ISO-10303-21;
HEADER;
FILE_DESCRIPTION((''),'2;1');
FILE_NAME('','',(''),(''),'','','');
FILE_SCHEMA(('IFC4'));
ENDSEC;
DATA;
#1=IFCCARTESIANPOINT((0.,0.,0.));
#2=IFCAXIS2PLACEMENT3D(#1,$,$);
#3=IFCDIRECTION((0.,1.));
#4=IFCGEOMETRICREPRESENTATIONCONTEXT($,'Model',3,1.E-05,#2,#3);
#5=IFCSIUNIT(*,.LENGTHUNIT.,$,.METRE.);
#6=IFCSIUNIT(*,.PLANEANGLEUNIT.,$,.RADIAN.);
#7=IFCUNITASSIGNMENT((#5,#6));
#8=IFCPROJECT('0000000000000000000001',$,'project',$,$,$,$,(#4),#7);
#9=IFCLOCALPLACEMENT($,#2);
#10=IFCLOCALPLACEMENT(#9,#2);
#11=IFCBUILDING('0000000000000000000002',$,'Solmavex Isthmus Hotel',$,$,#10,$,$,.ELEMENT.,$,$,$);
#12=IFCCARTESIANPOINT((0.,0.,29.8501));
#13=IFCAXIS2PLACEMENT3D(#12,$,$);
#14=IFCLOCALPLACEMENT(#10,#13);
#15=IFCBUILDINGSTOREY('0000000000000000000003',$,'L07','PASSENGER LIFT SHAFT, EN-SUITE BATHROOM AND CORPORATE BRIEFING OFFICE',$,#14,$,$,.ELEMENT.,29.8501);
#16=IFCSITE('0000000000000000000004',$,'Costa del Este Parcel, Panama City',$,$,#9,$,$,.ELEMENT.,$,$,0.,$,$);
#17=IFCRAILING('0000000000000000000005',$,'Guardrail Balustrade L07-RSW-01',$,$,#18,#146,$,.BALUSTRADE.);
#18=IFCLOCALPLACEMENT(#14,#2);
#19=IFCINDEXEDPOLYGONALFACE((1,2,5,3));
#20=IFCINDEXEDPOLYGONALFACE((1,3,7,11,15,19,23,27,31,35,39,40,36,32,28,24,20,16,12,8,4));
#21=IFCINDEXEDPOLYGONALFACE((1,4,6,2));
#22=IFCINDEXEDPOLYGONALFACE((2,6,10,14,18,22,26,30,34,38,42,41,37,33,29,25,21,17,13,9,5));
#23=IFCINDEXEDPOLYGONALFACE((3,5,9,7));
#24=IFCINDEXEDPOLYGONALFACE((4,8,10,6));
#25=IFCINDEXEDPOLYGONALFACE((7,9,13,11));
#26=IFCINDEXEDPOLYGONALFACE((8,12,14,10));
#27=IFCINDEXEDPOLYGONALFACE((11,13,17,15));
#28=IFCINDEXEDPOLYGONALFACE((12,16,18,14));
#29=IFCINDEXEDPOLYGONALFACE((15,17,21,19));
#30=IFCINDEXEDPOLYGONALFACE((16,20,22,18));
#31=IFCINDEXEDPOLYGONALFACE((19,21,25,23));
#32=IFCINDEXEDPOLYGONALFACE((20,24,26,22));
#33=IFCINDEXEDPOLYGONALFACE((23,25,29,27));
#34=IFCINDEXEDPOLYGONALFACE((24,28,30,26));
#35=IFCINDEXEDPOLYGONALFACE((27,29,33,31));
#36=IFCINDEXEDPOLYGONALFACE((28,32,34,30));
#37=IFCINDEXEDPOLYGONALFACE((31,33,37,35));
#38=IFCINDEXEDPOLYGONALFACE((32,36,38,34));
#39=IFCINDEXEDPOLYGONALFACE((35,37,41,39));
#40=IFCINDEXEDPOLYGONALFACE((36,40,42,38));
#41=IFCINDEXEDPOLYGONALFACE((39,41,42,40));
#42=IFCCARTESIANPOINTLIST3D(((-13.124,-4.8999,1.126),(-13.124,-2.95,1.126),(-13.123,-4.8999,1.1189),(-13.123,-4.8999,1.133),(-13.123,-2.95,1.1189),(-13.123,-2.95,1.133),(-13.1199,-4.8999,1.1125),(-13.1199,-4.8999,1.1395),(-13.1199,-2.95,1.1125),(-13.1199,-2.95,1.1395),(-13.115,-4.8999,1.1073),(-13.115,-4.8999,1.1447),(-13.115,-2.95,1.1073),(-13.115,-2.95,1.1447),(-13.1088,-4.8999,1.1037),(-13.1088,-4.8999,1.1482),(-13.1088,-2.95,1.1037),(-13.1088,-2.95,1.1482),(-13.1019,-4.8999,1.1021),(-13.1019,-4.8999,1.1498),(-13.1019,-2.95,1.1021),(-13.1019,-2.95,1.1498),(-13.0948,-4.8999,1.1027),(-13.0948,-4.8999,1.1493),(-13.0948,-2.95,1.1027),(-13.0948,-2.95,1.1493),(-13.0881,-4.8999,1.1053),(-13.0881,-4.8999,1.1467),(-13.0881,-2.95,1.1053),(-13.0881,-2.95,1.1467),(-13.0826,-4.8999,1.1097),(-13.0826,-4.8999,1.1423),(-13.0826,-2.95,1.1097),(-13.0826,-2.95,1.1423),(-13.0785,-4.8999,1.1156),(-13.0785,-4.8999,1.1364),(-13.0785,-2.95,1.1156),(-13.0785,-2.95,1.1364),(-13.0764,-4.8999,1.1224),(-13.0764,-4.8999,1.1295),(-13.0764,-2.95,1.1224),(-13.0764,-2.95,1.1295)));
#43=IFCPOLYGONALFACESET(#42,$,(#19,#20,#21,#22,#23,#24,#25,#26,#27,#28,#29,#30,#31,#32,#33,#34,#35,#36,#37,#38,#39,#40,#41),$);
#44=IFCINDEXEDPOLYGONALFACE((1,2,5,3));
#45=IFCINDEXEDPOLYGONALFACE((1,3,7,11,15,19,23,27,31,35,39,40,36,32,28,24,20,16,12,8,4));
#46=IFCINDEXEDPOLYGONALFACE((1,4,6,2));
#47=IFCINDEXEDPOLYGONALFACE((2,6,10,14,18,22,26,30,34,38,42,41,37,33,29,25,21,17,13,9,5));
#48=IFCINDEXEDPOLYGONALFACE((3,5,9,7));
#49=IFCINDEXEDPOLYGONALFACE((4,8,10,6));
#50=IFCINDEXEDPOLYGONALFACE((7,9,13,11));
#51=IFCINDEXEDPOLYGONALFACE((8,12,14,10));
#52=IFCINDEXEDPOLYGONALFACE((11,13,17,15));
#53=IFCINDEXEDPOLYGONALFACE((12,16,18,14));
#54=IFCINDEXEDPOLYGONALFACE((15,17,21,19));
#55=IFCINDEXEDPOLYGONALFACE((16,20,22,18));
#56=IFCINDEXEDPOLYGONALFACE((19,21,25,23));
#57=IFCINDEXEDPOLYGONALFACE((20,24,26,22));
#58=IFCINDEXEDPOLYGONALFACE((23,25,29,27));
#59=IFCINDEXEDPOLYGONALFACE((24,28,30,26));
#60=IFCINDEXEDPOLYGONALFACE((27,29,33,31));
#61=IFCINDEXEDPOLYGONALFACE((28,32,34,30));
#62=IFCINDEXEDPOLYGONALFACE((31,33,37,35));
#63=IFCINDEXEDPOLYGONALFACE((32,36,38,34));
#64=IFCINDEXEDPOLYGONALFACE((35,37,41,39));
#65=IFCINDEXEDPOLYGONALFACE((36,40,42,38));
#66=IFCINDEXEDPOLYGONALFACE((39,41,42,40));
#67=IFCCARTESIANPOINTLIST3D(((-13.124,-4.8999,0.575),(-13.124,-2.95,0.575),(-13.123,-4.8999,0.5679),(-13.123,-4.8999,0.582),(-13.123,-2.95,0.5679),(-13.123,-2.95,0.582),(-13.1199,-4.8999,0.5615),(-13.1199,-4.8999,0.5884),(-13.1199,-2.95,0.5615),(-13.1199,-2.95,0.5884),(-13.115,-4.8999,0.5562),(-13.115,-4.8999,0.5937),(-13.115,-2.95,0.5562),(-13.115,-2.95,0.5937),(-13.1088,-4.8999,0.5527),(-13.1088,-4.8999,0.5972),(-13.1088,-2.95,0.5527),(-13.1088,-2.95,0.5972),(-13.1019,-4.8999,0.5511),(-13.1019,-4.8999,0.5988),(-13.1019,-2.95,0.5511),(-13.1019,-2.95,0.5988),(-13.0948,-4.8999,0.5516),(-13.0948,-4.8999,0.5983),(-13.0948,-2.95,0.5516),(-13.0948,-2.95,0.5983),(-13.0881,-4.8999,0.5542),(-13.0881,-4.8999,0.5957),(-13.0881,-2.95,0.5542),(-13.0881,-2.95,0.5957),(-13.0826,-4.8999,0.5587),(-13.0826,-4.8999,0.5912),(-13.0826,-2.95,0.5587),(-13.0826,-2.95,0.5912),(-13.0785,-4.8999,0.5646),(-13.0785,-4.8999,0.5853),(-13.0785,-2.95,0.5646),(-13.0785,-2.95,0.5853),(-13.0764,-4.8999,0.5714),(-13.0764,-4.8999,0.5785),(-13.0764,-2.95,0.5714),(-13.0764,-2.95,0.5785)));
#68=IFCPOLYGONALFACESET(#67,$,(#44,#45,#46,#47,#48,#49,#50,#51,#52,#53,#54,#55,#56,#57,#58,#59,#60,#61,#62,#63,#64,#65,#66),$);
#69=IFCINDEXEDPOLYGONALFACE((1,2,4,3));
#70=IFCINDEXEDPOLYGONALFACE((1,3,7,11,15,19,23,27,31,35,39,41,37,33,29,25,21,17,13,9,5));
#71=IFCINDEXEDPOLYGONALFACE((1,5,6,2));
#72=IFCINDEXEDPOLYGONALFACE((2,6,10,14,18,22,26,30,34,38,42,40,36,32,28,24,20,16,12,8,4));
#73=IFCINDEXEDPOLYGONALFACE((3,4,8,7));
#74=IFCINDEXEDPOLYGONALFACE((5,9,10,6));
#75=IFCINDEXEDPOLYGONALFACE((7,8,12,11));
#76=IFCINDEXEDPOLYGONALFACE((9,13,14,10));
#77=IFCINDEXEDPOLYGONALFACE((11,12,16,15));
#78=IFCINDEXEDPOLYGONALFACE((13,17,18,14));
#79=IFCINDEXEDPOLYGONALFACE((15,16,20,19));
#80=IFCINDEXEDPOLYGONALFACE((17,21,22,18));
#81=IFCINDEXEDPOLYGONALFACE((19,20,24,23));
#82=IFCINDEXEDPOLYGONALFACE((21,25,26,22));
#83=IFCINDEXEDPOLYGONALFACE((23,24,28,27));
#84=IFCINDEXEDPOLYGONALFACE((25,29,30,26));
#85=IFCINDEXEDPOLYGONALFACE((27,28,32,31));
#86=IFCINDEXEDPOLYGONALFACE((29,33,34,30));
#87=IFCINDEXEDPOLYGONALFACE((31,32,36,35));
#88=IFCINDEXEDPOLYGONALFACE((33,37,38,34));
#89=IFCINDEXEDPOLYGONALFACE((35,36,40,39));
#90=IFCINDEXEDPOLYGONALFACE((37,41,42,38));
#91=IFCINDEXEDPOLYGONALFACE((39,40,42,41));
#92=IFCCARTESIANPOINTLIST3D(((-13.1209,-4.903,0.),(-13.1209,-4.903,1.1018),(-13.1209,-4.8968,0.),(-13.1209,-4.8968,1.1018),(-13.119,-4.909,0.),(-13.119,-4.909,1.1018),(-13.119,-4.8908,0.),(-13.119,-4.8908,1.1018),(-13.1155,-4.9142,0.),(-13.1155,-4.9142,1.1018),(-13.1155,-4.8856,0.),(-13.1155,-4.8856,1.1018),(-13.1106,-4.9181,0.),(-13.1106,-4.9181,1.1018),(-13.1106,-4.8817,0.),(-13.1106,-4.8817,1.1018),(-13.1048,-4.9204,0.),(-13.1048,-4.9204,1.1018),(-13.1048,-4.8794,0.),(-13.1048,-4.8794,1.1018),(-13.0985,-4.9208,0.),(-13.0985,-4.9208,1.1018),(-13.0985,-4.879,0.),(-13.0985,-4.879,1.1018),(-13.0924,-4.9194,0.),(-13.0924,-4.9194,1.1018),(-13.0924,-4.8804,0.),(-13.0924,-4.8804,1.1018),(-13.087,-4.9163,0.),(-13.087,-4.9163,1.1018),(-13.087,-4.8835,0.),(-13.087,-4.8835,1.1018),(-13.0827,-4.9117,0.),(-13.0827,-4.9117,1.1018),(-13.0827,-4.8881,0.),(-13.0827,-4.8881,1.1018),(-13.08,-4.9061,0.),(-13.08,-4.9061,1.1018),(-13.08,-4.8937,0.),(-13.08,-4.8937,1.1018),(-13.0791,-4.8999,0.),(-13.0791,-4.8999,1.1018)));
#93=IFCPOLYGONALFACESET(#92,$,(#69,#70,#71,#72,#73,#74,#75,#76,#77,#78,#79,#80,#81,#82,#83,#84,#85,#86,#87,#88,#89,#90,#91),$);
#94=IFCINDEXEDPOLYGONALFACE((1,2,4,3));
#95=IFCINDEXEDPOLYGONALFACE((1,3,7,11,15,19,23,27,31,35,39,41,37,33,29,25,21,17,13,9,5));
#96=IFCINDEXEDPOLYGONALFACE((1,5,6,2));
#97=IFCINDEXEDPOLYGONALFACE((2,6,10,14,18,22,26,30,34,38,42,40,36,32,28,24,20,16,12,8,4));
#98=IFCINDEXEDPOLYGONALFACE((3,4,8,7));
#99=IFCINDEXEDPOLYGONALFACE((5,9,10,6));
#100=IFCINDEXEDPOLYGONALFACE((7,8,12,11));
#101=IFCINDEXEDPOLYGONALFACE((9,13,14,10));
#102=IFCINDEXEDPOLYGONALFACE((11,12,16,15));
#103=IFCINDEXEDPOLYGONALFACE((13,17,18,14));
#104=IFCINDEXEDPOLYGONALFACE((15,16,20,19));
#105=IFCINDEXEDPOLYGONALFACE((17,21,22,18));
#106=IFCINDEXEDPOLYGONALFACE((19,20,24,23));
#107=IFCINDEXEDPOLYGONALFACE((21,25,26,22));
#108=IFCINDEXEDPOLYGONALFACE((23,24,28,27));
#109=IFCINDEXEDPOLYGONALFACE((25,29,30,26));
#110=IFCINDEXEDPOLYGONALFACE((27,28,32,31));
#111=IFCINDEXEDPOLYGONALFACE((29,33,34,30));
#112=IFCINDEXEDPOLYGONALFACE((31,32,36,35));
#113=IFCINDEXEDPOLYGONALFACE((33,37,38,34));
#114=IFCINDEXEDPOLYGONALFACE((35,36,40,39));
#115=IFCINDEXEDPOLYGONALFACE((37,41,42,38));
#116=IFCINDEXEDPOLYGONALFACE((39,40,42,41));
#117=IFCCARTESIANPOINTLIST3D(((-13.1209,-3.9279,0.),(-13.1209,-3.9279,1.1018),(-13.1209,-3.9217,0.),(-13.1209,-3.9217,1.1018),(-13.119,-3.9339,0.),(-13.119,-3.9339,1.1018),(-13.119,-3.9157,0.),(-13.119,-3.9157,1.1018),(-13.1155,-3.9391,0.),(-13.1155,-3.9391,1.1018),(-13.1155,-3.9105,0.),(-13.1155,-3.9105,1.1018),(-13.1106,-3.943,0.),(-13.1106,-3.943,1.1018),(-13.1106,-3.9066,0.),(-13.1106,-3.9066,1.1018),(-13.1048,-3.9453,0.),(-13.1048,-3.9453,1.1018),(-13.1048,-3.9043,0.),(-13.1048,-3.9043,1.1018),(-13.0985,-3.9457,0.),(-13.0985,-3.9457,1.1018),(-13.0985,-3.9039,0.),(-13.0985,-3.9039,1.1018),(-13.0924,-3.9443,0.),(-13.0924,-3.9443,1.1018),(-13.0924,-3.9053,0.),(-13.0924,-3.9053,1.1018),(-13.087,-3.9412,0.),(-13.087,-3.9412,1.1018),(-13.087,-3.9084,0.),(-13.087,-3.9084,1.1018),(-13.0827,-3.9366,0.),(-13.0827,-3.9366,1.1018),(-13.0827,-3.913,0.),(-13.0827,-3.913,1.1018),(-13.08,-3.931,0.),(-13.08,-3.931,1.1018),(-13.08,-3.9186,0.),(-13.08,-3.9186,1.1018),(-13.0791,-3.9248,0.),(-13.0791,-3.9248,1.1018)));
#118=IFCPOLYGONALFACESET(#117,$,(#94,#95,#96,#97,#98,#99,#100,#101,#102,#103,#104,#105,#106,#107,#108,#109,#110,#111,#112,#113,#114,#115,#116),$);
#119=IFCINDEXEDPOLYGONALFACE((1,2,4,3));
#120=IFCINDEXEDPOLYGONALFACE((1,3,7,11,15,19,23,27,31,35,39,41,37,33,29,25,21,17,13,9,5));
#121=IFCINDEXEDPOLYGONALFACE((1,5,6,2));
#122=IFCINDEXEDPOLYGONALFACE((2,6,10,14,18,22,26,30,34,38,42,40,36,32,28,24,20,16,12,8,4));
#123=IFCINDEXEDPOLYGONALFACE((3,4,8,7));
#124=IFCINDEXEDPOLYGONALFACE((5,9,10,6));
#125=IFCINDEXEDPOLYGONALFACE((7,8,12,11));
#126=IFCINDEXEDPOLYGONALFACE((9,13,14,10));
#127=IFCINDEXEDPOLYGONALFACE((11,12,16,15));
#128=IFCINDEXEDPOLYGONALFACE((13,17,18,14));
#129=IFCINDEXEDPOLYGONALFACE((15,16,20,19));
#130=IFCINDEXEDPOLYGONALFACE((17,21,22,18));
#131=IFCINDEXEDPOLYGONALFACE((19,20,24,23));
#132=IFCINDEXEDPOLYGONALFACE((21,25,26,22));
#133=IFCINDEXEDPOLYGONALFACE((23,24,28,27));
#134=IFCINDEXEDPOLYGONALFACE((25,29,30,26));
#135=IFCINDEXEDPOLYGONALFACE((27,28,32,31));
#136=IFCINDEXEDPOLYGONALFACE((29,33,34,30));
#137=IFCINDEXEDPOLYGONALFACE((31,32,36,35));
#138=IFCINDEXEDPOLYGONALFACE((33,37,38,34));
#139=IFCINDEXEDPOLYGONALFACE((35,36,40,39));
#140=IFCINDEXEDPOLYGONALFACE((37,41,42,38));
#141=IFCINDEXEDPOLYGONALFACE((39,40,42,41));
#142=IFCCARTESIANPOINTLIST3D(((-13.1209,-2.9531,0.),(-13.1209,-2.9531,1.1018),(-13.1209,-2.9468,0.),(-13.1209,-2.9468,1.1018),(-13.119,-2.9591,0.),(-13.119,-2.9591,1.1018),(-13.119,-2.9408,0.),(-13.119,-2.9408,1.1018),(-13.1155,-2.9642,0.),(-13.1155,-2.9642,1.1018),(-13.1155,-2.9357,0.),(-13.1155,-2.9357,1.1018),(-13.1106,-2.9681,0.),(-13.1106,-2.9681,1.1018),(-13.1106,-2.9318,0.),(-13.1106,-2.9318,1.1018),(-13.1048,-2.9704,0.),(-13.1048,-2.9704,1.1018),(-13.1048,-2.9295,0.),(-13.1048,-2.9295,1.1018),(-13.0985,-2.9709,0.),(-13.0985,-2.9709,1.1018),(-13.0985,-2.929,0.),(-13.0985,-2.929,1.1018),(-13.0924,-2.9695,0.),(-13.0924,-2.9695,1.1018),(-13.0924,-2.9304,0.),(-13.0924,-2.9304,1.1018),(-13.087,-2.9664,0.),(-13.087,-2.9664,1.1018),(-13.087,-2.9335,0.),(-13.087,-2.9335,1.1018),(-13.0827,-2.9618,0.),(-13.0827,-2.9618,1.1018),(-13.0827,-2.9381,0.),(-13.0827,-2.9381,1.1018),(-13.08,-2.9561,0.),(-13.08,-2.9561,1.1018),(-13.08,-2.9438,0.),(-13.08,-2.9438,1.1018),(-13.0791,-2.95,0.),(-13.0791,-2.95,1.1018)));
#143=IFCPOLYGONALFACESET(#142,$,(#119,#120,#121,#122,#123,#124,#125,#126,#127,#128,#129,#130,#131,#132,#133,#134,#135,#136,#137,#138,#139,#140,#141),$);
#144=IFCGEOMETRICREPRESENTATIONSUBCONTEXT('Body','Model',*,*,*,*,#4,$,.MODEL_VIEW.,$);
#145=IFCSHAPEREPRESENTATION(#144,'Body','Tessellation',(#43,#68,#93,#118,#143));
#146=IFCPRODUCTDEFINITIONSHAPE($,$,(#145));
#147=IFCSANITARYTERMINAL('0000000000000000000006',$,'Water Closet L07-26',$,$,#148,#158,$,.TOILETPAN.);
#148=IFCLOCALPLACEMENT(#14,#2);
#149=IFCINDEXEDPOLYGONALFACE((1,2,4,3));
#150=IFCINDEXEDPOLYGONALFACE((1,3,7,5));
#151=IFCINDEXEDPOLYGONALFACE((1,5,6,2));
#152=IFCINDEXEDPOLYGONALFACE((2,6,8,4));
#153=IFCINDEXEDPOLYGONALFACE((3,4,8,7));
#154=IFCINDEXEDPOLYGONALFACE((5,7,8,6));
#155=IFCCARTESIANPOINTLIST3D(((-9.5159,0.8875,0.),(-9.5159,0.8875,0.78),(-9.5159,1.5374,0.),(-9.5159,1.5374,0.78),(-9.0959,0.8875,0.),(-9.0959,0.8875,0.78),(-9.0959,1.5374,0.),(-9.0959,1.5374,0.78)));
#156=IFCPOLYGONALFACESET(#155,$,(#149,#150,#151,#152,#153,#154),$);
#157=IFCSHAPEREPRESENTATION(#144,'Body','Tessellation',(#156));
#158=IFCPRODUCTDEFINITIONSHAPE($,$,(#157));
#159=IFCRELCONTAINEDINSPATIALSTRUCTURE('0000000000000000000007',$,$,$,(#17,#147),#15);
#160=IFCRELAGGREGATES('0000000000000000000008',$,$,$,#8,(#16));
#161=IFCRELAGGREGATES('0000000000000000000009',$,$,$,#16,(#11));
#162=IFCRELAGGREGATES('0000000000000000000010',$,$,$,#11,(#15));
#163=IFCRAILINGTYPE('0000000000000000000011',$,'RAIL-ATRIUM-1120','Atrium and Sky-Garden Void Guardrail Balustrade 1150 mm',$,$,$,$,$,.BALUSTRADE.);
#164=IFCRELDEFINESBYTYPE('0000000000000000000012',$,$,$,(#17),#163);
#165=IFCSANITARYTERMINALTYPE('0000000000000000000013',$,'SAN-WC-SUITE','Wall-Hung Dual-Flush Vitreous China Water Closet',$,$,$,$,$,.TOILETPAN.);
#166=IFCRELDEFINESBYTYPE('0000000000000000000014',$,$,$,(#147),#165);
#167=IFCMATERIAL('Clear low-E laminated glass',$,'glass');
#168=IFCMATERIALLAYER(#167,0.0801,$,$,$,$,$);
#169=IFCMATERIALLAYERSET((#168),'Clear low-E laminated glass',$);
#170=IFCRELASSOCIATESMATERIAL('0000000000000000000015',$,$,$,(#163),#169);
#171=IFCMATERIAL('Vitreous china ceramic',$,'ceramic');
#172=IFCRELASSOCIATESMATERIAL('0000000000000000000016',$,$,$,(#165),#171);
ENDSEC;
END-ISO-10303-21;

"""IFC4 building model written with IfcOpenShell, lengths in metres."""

from ifc_helpers import new_model, si_unit, direction, frame, origin, origin_2d, place, context, subcontext, project, spatial, rectangle, circle, extrude, material, layer, layer_set, type_object, element, save


model = new_model("IFC4")

# Units and contexts
model_context = context("Model", 3, precision=1e-05, world=origin(), true_north=direction((0.0, 1.0)))
body_context = subcontext(model_context, "Body", "Model", "MODEL_VIEW")
ifc_project = project(units=[si_unit("LENGTHUNIT", "METRE"), si_unit("PLANEANGLEUNIT", "RADIAN")], contexts=[model_context])

# Site, building, storey
site_placement = place(None, origin())
site = spatial("IfcSite", under=ifc_project, at=site_placement, Name="Costa del Este Parcel, Panama City", CompositionType="ELEMENT", RefElevation=0.0)
building_placement = place(site_placement, origin())
building = spatial("IfcBuilding", under=site, at=building_placement, Name="Solmavex Isthmus Hotel", CompositionType="ELEMENT")
storey_placement = place(building_placement, frame((0.0, 0.0, 29.8501)))
storey = spatial("IfcBuildingStorey", under=building, at=storey_placement, Name="L07", Description="PASSENGER LIFT SHAFT, EN-SUITE BATHROOM AND CORPORATE BRIEFING OFFICE", CompositionType="ELEMENT", Elevation=29.8501)

# Railing
ifc_material_1 = material(Name="Clear low-E laminated glass", Category="glass")
ifc_layer_1 = layer(ifc_material_1, 0.0801)
ifc_layer_set_1 = layer_set([ifc_layer_1], Name="Clear low-E laminated glass")
railing_type = type_object("IfcRailingType", Name="RAIL-ATRIUM-1120", Description="Atrium and Sky-Garden Void Guardrail Balustrade 1150 mm", PredefinedType="BALUSTRADE", material=ifc_layer_set_1)
railing_placement = place(storey_placement, frame((-13.1001, -4.8999, 0.0)))
element("IfcRailing", 1, at=railing_placement, inside=storey, type_object=railing_type, Name="Guardrail Balustrade L07-RSW-01", PredefinedType="BALUSTRADE", context=body_context, shape_type="SweptSolid", body=[
    extrude(circle(Radius=0.0239, at=origin_2d()), frame((0.0, 0.0, 1.126), z_axis=(0.0, 1.0, 0.0), x_axis=(-1.0, 0.0, 0.0)), (0.0, 0.0, 1.0), 1.95),
    extrude(circle(Radius=0.0239, at=origin_2d()), frame((0.0, 0.0, 0.575), z_axis=(0.0, 1.0, 0.0), x_axis=(-1.0, 0.0, 0.0)), (0.0, 0.0, 1.0), 1.95),
    extrude(circle(Radius=0.021, at=origin_2d()), origin(), (0.0, 0.0, 1.0), 1.1018),
    extrude(circle(Radius=0.021, at=origin_2d()), frame((0.0, 0.9751, 0.0)), (0.0, 0.0, 1.0), 1.1018),
    extrude(circle(Radius=0.021, at=origin_2d()), frame((0.0, 1.95, 0.0)), (0.0, 0.0, 1.0), 1.1018),
])

# Sanitary terminal
ifc_material_2 = material(Name="Vitreous china ceramic", Category="ceramic")
sanitary_terminal_type = type_object("IfcSanitaryTerminalType", Name="SAN-WC-SUITE", Description="Wall-Hung Dual-Flush Vitreous China Water Closet", PredefinedType="TOILETPAN", material=ifc_material_2)
sanitary_terminal_placement = place(storey_placement, frame((-9.3059, 1.2124, 0.0), z_axis=(0.0, 0.0, 1.0), x_axis=(1.0, 0.0, 0.0)))
element("IfcSanitaryTerminal", 2, at=sanitary_terminal_placement, inside=storey, type_object=sanitary_terminal_type, Name="Water Closet L07-26", PredefinedType="TOILETPAN", context=body_context, shape_type="SweptSolid", body=[
    extrude(rectangle(XDim=0.4199, YDim=0.6499, at=origin_2d()), origin(), (0.0, 0.0, 1.0), 0.78),
])

save(model, "model.ifc")
